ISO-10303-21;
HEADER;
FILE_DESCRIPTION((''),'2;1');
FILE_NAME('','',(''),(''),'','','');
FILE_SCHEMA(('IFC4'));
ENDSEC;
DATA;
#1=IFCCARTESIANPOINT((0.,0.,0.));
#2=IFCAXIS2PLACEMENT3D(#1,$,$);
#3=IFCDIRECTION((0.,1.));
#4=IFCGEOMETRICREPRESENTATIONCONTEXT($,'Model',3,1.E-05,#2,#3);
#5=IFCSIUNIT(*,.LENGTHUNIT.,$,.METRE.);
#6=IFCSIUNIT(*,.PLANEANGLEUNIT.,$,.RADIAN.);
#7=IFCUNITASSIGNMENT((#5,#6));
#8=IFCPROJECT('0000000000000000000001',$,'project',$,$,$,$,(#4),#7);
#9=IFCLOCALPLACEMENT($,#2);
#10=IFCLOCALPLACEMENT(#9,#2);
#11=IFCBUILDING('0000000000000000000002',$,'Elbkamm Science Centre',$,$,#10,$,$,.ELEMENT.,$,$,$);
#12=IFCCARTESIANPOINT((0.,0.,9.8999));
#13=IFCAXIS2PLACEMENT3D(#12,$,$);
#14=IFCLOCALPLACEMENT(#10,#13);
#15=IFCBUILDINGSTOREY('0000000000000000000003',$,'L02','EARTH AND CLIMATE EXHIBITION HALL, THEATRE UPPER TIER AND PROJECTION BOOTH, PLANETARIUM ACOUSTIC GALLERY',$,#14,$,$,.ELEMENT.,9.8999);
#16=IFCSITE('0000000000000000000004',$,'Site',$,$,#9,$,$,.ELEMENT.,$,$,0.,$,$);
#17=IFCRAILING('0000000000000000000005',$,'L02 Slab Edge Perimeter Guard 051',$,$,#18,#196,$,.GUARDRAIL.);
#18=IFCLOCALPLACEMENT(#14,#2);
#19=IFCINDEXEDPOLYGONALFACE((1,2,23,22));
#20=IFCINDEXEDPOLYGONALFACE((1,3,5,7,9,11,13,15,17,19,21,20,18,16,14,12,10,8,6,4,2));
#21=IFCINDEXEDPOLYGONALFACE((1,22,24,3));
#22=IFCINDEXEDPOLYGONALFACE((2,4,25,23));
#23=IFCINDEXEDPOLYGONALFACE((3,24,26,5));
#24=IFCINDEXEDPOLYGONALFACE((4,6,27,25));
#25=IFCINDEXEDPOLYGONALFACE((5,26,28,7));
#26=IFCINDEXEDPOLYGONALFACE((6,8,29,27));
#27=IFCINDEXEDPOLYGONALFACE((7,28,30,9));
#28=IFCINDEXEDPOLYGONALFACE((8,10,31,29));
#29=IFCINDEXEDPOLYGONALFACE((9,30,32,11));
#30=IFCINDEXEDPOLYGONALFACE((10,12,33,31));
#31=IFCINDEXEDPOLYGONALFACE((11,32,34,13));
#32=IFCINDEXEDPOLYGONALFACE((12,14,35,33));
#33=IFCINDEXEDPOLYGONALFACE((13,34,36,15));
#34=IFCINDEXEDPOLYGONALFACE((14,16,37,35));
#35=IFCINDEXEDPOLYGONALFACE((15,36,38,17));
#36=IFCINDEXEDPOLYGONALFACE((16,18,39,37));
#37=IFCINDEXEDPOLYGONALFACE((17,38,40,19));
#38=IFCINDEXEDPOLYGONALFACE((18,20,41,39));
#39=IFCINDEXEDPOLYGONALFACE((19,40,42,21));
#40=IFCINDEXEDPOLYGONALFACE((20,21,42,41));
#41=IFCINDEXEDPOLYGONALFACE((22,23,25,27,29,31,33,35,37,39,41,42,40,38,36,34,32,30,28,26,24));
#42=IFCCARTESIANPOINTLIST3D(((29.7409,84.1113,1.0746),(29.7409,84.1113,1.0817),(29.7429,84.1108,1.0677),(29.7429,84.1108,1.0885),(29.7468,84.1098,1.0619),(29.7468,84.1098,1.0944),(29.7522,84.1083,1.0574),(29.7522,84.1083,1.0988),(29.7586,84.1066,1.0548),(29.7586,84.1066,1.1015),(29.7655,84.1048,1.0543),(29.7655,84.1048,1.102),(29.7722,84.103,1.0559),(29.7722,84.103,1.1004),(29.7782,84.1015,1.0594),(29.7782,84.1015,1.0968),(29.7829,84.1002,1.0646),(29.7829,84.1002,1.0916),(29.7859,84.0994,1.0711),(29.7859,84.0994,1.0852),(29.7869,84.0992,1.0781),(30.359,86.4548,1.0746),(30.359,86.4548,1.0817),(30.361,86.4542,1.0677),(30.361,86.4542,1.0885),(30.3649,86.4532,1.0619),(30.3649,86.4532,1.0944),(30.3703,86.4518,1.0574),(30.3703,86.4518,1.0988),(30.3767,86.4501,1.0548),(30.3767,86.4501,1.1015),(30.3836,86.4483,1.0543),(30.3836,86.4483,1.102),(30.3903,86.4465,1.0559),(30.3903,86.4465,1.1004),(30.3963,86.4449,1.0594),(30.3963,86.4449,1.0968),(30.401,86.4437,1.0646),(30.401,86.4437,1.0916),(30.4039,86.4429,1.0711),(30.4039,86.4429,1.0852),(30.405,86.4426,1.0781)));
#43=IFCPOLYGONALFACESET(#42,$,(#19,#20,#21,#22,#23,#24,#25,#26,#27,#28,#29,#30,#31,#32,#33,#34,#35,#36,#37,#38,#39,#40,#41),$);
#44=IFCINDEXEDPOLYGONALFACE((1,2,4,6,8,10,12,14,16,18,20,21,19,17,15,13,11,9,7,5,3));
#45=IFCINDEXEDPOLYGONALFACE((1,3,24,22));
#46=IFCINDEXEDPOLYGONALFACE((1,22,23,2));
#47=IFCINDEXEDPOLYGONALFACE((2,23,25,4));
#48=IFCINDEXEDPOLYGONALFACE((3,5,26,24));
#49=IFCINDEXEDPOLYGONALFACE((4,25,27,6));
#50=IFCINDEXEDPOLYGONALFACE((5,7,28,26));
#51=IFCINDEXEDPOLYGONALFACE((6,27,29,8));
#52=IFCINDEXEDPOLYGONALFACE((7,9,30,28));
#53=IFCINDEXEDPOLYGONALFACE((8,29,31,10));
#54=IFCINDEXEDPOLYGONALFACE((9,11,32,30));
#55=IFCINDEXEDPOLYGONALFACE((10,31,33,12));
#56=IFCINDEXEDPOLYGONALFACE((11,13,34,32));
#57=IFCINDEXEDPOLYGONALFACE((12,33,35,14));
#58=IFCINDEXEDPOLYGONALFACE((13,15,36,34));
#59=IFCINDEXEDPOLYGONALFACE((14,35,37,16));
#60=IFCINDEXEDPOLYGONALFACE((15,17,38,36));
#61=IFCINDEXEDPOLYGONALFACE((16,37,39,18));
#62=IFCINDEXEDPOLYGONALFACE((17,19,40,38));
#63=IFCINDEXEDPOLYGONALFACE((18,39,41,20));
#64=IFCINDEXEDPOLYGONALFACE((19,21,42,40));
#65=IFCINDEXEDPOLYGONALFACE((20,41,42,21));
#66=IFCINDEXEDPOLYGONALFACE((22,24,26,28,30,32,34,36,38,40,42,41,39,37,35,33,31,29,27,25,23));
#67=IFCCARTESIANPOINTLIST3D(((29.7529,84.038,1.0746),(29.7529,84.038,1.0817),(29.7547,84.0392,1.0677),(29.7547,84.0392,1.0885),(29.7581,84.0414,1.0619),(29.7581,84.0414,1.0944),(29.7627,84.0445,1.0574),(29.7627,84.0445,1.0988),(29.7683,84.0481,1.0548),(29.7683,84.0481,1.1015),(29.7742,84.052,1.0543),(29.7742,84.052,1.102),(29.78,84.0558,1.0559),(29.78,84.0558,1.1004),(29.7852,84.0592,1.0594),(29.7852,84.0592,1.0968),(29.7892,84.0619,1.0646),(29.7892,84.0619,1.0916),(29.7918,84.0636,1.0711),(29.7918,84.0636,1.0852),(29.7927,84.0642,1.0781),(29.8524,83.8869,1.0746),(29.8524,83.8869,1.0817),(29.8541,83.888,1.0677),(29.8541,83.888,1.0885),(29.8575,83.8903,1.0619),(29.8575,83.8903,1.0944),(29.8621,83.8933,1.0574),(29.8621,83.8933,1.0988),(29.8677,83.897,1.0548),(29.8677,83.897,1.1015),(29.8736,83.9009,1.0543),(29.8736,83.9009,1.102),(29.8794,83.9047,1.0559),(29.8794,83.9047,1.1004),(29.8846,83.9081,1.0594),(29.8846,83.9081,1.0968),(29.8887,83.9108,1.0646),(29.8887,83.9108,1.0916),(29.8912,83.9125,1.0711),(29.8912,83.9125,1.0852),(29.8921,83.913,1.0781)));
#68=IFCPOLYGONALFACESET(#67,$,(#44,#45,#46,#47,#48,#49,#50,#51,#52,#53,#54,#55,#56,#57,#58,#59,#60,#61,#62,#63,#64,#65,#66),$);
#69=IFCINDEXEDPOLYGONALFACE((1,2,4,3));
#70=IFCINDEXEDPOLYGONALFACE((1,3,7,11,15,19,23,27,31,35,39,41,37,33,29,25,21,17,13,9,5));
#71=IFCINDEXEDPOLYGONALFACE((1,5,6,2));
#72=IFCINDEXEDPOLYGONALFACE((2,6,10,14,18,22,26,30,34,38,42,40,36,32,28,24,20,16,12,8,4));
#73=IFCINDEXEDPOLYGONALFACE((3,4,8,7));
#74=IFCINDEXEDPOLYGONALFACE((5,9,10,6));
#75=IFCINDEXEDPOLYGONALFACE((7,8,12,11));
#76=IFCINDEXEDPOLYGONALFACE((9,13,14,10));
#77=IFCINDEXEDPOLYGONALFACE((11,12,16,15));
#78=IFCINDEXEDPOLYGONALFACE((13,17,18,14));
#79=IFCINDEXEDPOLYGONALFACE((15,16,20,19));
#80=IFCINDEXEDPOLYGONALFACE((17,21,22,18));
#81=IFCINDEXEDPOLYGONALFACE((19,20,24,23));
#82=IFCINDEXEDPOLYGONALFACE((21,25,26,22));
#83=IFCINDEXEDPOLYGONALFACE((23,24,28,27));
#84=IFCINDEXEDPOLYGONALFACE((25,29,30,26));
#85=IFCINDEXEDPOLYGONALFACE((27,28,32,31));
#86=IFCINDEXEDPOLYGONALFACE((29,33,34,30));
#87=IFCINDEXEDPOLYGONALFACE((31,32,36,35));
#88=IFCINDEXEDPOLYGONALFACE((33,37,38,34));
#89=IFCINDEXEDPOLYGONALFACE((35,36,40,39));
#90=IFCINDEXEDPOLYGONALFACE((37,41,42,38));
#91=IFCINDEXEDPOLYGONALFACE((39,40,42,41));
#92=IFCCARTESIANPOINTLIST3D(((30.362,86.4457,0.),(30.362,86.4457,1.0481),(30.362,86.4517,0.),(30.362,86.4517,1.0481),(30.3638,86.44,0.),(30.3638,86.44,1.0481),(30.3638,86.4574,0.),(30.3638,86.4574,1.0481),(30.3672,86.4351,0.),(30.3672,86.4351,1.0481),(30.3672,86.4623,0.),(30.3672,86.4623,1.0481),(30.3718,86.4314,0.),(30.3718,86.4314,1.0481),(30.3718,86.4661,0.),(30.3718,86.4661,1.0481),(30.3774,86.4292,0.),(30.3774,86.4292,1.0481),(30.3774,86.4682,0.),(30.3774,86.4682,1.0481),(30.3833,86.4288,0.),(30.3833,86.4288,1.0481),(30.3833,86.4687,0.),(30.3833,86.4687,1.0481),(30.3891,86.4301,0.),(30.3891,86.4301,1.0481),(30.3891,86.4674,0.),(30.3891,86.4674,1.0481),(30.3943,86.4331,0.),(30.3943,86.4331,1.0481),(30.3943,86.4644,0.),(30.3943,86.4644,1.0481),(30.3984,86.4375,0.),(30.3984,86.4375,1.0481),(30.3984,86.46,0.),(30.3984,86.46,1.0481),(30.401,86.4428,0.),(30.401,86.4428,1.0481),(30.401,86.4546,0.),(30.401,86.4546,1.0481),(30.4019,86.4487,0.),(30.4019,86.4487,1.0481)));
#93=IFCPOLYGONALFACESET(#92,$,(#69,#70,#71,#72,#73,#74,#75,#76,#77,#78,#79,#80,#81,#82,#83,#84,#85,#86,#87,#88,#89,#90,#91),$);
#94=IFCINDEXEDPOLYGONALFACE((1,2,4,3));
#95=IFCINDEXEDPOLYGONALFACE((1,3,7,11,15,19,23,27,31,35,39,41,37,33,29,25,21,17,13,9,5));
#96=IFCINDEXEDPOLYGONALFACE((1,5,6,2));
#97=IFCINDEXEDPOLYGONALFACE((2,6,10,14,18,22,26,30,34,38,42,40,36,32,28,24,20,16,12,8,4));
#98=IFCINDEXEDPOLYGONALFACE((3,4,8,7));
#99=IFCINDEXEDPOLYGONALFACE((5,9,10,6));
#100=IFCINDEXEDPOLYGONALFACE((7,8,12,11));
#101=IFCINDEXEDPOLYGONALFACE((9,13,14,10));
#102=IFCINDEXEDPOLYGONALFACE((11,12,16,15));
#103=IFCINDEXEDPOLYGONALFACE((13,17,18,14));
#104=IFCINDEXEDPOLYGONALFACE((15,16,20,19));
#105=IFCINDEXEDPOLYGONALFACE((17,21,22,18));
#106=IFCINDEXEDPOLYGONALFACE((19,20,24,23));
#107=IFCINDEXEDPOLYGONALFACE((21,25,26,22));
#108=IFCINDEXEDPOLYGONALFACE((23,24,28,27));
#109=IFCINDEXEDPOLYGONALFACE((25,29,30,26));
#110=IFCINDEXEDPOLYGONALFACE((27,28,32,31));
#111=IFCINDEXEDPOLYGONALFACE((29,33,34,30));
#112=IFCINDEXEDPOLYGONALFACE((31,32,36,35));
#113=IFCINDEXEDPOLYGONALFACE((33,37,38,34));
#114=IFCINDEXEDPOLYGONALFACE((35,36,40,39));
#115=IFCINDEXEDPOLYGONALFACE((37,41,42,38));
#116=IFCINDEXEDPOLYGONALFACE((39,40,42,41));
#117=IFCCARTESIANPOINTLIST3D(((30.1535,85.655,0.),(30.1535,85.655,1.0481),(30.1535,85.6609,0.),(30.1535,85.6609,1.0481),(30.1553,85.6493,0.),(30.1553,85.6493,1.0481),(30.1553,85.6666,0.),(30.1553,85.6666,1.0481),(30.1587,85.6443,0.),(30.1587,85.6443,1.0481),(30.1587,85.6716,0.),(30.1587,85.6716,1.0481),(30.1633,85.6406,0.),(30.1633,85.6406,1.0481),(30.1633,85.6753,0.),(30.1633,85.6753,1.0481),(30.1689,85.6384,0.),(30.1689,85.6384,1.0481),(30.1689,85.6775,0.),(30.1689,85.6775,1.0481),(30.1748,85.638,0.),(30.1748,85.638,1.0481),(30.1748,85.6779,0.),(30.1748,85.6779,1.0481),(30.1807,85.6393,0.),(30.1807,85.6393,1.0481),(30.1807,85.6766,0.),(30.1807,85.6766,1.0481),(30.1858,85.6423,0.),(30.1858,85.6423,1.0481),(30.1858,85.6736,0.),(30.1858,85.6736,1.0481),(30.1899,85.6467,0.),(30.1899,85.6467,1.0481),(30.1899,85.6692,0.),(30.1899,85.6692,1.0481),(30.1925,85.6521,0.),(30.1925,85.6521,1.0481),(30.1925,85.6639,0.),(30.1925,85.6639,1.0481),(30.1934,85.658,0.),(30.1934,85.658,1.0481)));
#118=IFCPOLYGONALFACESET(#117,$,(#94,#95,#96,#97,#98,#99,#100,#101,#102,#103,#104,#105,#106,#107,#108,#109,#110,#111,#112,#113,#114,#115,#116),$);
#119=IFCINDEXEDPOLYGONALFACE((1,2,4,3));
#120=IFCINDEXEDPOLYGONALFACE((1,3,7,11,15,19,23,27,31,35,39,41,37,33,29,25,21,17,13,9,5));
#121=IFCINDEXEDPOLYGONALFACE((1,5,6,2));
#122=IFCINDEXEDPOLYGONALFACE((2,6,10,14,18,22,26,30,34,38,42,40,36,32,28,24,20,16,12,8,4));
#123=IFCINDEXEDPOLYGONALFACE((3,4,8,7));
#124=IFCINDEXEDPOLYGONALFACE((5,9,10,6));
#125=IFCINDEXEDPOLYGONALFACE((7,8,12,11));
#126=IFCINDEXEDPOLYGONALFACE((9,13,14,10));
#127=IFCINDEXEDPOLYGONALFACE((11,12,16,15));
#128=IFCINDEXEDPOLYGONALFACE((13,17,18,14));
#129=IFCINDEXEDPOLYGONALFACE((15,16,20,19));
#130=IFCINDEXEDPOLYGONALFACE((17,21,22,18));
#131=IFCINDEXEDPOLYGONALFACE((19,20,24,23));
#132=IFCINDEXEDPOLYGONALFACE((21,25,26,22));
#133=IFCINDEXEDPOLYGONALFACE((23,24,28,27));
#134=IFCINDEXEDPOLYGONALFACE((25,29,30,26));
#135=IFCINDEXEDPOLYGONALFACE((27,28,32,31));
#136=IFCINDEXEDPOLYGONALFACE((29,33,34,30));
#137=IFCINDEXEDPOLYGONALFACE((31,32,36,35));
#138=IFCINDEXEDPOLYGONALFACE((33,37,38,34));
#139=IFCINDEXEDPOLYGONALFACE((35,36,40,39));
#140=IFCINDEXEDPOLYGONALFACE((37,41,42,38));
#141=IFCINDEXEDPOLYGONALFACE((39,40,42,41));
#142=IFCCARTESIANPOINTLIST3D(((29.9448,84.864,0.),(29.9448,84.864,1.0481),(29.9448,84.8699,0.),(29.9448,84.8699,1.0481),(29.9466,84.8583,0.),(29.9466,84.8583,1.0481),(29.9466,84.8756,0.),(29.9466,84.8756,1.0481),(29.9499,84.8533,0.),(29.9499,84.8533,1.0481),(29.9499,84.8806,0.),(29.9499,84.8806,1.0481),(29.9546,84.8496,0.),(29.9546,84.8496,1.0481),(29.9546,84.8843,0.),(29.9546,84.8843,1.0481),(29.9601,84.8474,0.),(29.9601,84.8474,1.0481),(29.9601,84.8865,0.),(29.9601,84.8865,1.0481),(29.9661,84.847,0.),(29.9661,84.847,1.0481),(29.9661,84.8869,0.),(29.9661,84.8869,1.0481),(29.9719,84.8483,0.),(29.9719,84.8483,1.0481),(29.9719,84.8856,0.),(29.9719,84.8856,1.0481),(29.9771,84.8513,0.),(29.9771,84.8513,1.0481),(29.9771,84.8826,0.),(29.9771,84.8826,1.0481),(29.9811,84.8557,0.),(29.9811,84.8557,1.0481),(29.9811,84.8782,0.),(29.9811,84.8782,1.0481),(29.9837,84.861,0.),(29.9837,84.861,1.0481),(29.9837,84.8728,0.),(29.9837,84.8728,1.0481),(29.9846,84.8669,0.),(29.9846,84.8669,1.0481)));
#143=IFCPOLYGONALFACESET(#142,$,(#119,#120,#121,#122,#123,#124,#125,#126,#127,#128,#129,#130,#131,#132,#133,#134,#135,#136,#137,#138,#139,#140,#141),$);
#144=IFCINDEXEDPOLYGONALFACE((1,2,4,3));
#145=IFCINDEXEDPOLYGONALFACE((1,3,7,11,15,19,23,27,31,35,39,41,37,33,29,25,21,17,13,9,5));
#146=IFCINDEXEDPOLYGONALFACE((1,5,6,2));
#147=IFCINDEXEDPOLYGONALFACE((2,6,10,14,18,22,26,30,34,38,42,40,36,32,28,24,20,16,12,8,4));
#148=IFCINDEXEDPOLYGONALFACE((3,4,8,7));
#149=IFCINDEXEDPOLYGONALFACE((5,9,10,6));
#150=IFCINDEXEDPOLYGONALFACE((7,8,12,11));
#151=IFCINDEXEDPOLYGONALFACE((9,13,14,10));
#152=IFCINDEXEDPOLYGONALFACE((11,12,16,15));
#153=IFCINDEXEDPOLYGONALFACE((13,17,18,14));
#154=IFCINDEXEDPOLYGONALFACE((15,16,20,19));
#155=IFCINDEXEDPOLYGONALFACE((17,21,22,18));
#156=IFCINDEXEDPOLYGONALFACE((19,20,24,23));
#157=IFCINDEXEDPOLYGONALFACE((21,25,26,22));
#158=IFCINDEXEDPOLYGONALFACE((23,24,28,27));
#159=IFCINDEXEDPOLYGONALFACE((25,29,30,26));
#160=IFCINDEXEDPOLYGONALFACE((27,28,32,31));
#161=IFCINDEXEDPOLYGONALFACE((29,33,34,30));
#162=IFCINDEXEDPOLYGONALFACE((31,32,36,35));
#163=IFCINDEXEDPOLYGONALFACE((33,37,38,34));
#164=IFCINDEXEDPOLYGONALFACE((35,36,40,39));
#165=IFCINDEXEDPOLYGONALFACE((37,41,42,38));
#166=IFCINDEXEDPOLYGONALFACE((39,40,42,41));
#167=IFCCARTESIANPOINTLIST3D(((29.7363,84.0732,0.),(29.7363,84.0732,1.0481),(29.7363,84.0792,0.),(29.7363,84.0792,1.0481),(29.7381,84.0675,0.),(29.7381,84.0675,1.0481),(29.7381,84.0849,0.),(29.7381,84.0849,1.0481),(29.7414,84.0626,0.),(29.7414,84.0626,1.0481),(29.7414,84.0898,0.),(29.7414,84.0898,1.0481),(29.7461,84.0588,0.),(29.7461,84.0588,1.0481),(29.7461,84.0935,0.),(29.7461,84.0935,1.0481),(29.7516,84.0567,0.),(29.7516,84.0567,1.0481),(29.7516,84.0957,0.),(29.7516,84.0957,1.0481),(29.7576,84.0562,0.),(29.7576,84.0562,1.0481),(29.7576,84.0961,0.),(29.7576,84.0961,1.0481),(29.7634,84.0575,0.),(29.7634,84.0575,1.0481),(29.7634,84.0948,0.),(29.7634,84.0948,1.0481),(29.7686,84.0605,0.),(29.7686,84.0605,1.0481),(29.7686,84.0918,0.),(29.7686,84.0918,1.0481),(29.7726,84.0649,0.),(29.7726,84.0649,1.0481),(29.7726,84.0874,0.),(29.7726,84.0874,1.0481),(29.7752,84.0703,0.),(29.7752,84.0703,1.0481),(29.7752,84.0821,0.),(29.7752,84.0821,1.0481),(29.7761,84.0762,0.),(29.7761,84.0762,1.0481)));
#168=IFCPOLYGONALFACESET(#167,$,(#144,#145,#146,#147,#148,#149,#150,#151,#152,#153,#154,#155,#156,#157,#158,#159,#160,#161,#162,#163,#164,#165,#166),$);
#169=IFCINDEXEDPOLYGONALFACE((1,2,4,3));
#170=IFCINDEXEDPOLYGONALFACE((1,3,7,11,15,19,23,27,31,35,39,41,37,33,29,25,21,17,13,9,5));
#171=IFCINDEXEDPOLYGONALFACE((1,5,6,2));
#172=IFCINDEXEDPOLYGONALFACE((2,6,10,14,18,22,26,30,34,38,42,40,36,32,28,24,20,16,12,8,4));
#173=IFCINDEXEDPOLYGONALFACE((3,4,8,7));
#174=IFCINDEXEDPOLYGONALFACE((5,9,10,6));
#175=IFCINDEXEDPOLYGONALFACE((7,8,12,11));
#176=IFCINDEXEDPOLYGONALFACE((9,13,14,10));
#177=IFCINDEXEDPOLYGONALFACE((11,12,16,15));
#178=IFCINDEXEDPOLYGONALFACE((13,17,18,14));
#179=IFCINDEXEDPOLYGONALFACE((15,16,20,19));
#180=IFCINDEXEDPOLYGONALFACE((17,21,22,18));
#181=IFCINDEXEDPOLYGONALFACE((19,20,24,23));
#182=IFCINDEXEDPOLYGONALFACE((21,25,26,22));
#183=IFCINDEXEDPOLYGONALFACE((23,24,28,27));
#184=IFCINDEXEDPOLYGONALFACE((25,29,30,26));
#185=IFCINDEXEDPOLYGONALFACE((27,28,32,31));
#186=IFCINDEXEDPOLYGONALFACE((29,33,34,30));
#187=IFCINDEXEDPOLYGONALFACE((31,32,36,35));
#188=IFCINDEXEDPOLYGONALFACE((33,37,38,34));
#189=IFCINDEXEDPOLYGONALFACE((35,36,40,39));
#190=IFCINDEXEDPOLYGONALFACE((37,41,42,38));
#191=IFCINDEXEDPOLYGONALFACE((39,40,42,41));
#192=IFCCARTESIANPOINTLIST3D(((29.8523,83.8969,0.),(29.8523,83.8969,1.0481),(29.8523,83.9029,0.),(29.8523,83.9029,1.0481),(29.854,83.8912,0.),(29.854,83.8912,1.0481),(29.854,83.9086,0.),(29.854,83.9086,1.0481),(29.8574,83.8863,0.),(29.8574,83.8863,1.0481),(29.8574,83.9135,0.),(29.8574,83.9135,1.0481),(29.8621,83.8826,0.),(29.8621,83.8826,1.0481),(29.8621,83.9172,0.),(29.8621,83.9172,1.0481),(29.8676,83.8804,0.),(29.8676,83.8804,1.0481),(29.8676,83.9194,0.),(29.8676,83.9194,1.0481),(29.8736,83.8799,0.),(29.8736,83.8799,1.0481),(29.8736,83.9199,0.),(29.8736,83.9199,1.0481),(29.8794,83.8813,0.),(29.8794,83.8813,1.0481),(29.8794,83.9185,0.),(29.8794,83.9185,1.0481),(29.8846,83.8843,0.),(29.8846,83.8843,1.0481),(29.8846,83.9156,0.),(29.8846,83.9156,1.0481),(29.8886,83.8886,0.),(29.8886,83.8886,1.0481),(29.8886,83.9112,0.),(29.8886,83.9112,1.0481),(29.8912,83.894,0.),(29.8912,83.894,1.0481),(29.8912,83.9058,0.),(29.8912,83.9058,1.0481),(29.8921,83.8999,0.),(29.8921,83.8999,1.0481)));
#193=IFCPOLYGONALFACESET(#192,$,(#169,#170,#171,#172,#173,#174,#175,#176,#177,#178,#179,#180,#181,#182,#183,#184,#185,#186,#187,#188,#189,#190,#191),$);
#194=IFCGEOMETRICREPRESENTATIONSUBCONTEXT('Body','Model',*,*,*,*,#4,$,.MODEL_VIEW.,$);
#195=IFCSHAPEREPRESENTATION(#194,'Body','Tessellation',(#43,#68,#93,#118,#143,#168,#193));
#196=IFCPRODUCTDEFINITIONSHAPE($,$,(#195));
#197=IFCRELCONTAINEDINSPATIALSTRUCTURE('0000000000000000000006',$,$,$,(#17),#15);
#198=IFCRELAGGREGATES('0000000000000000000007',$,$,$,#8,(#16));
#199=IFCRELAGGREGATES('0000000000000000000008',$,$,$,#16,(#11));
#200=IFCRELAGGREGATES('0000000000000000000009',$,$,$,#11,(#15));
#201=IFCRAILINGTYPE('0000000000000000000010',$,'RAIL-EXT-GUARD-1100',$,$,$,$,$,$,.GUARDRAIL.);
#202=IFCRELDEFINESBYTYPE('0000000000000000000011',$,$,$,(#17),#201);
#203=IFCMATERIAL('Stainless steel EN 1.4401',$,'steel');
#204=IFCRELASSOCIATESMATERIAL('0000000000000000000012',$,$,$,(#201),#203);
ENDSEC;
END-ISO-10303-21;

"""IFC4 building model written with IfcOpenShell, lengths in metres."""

from ifc_helpers import new_model, si_unit, direction, frame, origin, origin_2d, place, context, subcontext, project, spatial, circle, extrude, material, type_object, element, save


model = new_model("IFC4")

# Units and contexts
model_context = context("Model", 3, precision=1e-05, world=origin(), true_north=direction((0.0, 1.0)))
body_context = subcontext(model_context, "Body", "Model", "MODEL_VIEW")
ifc_project = project(units=[si_unit("LENGTHUNIT", "METRE"), si_unit("PLANEANGLEUNIT", "RADIAN")], contexts=[model_context])

# Site, building, storey
site_placement = place(None, origin())
site = spatial("IfcSite", under=ifc_project, at=site_placement, Name="Site", CompositionType="ELEMENT", RefElevation=0.0)
building_placement = place(site_placement, origin())
building = spatial("IfcBuilding", under=site, at=building_placement, Name="Elbkamm Science Centre", CompositionType="ELEMENT")
storey_placement = place(building_placement, frame((0.0, 0.0, 9.8999)))
storey = spatial("IfcBuildingStorey", under=building, at=storey_placement, Name="L02", Description="EARTH AND CLIMATE EXHIBITION HALL, THEATRE UPPER TIER AND PROJECTION BOOTH, PLANETARIUM ACOUSTIC GALLERY", CompositionType="ELEMENT", Elevation=9.8999)

# Railing
ifc_material_1 = material(Name="Stainless steel EN 1.4401", Category="steel")
railing_type = type_object("IfcRailingType", Name="RAIL-EXT-GUARD-1100", PredefinedType="GUARDRAIL", material=ifc_material_1)
railing_1_placement = place(storey_placement, frame((30.3818, 86.4487, 0.0)))
element("IfcRailing", 1, at=railing_1_placement, inside=storey, type_object=railing_type, Name="L02 Slab Edge Perimeter Guard 051", PredefinedType="GUARDRAIL", context=body_context, shape_type="SweptSolid", body=[
    extrude(circle(Radius=0.0239, at=origin_2d()), frame((0.0, 0.0, 1.0781), z_axis=(-0.255017, -0.966936, 0.0), x_axis=(0.966936, -0.255017, 0.0)), (0.0, 0.0, 1.0), 2.4236),
    extrude(circle(Radius=0.0239, at=origin_2d()), frame((-0.6091, -2.3977, 1.0781), z_axis=(0.549617, -0.835417, 0.0), x_axis=(0.835417, 0.549617, 0.0)), (0.0, 0.0, 1.0), 0.1809),
    extrude(circle(Radius=0.02, at=origin_2d()), origin(), (0.0, 0.0, 1.0), 1.0481),
    extrude(circle(Radius=0.02, at=origin_2d()), frame((-0.2085, -0.7908, 0.0)), (0.0, 0.0, 1.0), 1.0481),
    extrude(circle(Radius=0.02, at=origin_2d()), frame((-0.4172, -1.5818, 0.0)), (0.0, 0.0, 1.0), 1.0481),
    extrude(circle(Radius=0.02, at=origin_2d()), frame((-0.6257, -2.3726, 0.0)), (0.0, 0.0, 1.0), 1.0481),
    extrude(circle(Radius=0.02, at=origin_2d()), frame((-0.5098, -2.5488, 0.0)), (0.0, 0.0, 1.0), 1.0481),
])

save(model, "model.ifc")
